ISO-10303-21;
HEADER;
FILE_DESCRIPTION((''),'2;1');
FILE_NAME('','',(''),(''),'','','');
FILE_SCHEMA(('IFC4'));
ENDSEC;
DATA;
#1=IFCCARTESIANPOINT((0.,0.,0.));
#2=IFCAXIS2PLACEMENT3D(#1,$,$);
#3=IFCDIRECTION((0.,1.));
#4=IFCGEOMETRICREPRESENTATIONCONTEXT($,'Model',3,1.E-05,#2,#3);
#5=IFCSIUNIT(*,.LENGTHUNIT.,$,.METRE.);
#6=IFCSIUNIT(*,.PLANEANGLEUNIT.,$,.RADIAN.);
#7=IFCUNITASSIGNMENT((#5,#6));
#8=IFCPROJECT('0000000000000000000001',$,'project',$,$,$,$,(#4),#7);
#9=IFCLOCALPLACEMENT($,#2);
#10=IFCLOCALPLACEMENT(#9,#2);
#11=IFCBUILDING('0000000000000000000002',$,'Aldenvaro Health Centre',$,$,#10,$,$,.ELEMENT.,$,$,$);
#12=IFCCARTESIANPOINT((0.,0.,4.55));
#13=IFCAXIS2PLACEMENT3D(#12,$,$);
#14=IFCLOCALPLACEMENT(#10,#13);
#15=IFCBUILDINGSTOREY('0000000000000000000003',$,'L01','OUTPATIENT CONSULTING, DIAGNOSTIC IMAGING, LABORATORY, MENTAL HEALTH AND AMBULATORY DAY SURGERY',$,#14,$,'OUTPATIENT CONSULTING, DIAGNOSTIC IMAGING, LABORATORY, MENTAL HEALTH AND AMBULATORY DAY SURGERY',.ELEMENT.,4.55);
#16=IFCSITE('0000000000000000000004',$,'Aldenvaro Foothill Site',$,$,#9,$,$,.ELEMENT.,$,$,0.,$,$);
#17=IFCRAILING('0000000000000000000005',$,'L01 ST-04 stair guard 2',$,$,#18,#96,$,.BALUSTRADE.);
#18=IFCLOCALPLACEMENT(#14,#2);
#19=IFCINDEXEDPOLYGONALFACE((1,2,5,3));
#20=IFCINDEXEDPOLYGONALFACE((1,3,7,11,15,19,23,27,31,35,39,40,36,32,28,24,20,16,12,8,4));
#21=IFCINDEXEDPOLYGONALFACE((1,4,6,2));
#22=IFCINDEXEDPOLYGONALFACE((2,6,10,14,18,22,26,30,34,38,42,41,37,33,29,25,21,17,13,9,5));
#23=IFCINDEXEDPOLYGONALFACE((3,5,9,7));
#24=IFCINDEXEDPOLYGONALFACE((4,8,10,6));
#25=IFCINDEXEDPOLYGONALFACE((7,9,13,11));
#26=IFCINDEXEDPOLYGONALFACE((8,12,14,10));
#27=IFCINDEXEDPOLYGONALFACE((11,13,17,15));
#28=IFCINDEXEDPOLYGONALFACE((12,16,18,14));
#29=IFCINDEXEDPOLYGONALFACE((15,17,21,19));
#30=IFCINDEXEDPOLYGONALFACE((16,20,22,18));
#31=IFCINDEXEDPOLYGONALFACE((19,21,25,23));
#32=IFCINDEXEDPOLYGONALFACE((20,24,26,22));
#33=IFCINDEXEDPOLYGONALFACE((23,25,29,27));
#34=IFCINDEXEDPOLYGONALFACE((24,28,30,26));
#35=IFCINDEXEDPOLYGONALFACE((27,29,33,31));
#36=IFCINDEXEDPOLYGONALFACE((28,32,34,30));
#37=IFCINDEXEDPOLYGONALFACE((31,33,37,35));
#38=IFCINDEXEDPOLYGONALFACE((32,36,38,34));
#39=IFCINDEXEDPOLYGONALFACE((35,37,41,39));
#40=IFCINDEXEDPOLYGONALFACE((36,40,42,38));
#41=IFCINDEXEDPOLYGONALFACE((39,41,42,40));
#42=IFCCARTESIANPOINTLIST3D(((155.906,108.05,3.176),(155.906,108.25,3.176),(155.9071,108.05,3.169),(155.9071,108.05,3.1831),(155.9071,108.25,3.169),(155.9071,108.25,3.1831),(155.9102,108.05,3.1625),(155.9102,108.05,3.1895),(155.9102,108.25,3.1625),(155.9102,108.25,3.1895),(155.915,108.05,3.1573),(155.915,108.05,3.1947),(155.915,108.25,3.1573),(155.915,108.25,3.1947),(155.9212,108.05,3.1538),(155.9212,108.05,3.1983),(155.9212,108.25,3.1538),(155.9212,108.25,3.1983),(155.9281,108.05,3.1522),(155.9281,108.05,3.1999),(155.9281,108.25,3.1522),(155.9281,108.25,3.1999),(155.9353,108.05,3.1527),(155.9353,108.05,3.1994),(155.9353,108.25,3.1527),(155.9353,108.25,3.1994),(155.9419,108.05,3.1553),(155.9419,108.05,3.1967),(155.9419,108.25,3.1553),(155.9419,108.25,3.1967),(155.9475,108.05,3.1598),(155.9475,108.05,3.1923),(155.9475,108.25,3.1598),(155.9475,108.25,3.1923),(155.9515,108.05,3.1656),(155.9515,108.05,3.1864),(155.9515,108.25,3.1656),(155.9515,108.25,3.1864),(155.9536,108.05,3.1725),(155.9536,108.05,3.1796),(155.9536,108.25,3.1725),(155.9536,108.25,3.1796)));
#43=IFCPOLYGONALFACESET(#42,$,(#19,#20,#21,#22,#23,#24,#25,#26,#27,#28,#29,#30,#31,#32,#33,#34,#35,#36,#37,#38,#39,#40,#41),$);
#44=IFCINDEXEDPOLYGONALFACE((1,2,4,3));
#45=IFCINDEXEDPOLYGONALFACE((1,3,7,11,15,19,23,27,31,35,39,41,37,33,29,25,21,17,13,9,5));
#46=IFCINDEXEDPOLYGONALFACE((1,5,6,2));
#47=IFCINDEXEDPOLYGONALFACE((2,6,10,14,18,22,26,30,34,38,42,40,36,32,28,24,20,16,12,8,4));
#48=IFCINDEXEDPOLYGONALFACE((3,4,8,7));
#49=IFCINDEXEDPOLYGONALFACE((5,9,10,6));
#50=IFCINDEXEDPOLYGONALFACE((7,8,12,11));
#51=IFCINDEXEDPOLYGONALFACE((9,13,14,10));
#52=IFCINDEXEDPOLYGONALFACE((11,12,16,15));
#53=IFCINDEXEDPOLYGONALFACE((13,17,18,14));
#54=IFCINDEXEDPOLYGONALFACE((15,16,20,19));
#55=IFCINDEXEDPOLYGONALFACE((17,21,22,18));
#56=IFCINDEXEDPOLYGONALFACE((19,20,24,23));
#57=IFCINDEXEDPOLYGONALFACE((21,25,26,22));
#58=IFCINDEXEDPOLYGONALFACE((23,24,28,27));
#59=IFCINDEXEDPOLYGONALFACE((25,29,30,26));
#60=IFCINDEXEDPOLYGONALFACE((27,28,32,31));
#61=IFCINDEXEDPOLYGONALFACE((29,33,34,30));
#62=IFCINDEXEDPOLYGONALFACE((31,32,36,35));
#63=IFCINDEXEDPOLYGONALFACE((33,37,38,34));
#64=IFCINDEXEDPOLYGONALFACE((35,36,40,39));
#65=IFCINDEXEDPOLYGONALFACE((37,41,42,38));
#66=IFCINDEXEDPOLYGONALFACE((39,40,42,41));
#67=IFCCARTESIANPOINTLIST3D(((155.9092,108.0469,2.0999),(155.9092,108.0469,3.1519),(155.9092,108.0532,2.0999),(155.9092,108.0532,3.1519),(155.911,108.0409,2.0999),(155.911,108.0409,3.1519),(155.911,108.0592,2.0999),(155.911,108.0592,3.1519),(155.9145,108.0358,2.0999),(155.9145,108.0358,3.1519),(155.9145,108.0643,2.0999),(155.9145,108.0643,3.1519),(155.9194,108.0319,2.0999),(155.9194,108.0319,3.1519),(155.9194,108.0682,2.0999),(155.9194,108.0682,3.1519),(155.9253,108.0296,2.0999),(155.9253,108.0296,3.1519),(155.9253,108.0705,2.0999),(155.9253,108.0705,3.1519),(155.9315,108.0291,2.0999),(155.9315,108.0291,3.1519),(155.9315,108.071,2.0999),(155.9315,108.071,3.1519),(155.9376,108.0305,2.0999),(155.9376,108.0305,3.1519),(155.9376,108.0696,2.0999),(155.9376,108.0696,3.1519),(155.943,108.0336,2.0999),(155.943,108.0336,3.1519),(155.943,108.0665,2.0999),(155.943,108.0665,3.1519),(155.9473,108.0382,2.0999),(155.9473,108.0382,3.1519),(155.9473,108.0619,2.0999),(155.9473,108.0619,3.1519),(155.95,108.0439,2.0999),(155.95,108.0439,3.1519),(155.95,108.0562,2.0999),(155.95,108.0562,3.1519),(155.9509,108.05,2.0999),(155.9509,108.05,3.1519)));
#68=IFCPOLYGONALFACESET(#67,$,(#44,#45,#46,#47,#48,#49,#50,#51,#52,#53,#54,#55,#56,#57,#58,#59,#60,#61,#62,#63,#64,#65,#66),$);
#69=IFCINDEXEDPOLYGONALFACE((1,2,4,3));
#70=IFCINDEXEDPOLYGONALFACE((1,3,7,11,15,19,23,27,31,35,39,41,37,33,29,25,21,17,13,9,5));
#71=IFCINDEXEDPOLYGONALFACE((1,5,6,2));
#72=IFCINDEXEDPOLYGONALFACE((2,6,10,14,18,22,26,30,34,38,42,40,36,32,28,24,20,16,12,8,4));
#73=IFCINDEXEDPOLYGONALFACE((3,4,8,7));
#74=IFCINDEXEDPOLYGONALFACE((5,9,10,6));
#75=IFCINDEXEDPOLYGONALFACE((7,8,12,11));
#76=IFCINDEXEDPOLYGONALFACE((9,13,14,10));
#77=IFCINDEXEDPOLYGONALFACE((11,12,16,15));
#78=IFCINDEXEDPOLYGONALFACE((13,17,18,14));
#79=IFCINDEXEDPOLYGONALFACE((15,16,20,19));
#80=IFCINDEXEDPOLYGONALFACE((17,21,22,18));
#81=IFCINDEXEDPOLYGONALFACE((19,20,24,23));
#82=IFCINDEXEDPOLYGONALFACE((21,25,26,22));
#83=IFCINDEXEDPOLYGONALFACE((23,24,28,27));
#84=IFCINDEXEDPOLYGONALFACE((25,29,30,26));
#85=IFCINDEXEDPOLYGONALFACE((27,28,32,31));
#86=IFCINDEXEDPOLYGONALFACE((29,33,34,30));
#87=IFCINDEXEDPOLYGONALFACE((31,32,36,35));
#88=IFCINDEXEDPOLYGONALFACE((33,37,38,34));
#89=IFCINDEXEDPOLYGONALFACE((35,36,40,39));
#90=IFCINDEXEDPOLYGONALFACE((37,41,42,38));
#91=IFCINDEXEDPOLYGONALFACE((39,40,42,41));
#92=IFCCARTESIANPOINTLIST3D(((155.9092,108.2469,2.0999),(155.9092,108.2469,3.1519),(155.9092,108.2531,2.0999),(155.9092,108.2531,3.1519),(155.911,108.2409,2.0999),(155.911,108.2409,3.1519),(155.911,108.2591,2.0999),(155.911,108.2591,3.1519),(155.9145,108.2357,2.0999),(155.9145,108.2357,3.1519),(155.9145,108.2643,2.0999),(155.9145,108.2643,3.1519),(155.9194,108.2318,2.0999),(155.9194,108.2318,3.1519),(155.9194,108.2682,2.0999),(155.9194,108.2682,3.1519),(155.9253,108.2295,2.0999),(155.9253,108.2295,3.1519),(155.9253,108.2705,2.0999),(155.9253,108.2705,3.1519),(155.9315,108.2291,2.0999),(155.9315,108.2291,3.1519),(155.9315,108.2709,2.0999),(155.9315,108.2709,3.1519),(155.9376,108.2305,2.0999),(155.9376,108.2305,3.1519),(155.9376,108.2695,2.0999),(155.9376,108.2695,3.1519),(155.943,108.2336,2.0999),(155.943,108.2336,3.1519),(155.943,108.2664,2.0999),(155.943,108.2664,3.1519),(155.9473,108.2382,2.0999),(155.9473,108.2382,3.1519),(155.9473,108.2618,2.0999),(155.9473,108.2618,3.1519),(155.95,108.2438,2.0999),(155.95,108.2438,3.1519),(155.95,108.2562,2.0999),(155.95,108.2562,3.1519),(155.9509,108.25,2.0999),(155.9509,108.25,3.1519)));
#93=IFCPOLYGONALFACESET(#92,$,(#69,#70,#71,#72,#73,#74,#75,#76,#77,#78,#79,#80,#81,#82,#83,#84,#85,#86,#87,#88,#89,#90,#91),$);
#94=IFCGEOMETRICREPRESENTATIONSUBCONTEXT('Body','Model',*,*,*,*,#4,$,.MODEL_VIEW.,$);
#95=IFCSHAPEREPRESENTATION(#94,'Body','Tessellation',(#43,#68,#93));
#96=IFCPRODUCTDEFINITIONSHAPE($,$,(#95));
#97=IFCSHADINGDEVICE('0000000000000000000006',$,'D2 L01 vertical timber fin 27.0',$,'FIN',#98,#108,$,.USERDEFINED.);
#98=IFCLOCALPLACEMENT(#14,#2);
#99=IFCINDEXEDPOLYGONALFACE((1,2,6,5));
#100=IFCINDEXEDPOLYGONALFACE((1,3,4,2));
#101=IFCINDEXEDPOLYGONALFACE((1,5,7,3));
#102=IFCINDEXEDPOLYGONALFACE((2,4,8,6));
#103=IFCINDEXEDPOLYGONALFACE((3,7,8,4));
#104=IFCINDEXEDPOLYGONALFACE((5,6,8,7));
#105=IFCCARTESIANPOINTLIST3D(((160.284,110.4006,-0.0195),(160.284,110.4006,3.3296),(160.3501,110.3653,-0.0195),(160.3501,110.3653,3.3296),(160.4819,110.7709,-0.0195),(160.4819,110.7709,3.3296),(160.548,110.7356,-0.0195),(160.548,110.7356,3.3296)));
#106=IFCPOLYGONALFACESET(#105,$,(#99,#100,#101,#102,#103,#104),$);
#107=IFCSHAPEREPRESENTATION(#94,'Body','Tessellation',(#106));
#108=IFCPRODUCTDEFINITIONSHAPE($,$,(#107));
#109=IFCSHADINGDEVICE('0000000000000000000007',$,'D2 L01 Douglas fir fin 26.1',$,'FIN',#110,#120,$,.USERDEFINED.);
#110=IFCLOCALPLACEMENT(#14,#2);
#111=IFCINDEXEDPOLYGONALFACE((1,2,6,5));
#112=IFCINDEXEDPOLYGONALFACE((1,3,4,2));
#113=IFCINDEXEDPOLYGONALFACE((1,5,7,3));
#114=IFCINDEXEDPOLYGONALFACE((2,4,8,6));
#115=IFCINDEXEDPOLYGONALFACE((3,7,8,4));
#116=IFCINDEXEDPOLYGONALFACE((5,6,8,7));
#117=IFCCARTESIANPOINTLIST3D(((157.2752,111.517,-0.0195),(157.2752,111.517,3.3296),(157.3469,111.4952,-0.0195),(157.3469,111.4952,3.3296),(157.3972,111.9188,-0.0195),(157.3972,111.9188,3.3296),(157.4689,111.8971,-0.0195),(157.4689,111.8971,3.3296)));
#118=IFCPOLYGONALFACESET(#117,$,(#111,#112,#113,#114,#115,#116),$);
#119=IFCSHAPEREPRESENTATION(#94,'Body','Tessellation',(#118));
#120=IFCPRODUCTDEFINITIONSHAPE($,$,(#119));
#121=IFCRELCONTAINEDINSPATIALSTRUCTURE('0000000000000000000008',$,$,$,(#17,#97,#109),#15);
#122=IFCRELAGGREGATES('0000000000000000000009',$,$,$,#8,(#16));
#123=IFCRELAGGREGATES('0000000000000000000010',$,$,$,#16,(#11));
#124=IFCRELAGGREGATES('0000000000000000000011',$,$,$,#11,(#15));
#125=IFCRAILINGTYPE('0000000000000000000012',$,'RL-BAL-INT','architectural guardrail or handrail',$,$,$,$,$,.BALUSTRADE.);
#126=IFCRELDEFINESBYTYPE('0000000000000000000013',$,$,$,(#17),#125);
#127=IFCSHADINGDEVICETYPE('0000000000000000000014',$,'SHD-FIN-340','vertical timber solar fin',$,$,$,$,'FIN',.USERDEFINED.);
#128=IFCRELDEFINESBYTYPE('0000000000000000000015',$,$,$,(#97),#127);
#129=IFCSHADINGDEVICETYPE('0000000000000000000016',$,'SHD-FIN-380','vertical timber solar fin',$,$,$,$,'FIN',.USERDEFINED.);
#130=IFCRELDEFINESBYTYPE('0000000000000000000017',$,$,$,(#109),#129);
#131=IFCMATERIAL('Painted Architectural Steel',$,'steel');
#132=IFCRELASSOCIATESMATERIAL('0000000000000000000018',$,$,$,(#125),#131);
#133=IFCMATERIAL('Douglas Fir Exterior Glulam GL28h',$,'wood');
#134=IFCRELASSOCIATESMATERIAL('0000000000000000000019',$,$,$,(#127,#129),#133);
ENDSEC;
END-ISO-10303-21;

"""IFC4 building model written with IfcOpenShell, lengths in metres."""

from ifc_helpers import new_model, si_unit, direction, frame, origin, origin_2d, place, context, subcontext, project, spatial, rectangle, circle, extrude, material, type_object, element, save


model = new_model("IFC4")

# Units and contexts
model_context = context("Model", 3, precision=1e-05, world=origin(), true_north=direction((0.0, 1.0)))
body_context = subcontext(model_context, "Body", "Model", "MODEL_VIEW")
ifc_project = project(units=[si_unit("LENGTHUNIT", "METRE"), si_unit("PLANEANGLEUNIT", "RADIAN")], contexts=[model_context])

# Site, building, storey
site_placement = place(None, origin())
site = spatial("IfcSite", under=ifc_project, at=site_placement, Name="Aldenvaro Foothill Site", CompositionType="ELEMENT", RefElevation=0.0)
building_placement = place(site_placement, origin())
building = spatial("IfcBuilding", under=site, at=building_placement, Name="Aldenvaro Health Centre", CompositionType="ELEMENT")
storey_placement = place(building_placement, frame((0.0, 0.0, 4.55)))
storey = spatial("IfcBuildingStorey", under=building, at=storey_placement, Name="L01", Description="OUTPATIENT CONSULTING, DIAGNOSTIC IMAGING, LABORATORY, MENTAL HEALTH AND AMBULATORY DAY SURGERY", LongName="OUTPATIENT CONSULTING, DIAGNOSTIC IMAGING, LABORATORY, MENTAL HEALTH AND AMBULATORY DAY SURGERY", CompositionType="ELEMENT", Elevation=4.55)

# Railing
ifc_material_1 = material(Name="Painted Architectural Steel", Category="steel")
railing_type = type_object("IfcRailingType", Name="RL-BAL-INT", Description="architectural guardrail or handrail", PredefinedType="BALUSTRADE", material=ifc_material_1)
railing_placement = place(storey_placement, frame((155.9299, 108.05, 2.0999)))
element("IfcRailing", 1, at=railing_placement, inside=storey, type_object=railing_type, Name="L01 ST-04 stair guard 2", PredefinedType="BALUSTRADE", context=body_context, shape_type="SweptSolid", body=[
    extrude(circle(Radius=0.0239, at=origin_2d()), frame((0.0, 0.0, 1.0762), z_axis=(0.0, 1.0, 0.0), x_axis=(-1.0, 0.0, 0.0)), (0.0, 0.0, 1.0), 0.2),
    extrude(circle(Radius=0.021, at=origin_2d()), origin(), (0.0, 0.0, 1.0), 1.052),
    extrude(circle(Radius=0.021, at=origin_2d()), frame((0.0, 0.2, 0.0)), (0.0, 0.0, 1.0), 1.052),
])

# Shading devices
ifc_material_2 = material(Name="Douglas Fir Exterior Glulam GL28h", Category="wood")
shading_device_type_1 = type_object("IfcShadingDeviceType", Name="SHD-FIN-340", Description="vertical timber solar fin", ElementType="FIN", PredefinedType="USERDEFINED", material=ifc_material_2)
shading_device_1_placement = place(storey_placement, frame((160.416, 110.5681, -0.0195), z_axis=(0.0, 0.0, 1.0), x_axis=(0.88192, -0.471399, 0.0)))
element("IfcShadingDevice", 2, at=shading_device_1_placement, inside=storey, type_object=shading_device_type_1, Name="D2 L01 vertical timber fin 27.0", ObjectType="FIN", PredefinedType="USERDEFINED", context=body_context, shape_type="SweptSolid", body=[
    extrude(rectangle(XDim=0.075, YDim=0.4199, at=origin_2d()), origin(), (0.0, 0.0, 1.0), 3.3491),
])
shading_device_type_2 = type_object("IfcShadingDeviceType", Name="SHD-FIN-380", Description="vertical timber solar fin", ElementType="FIN", PredefinedType="USERDEFINED", material=ifc_material_2)
shading_device_2_placement = place(storey_placement, frame((157.3721, 111.707, -0.0195), z_axis=(0.0, 0.0, 1.0), x_axis=(0.956893, -0.290441, 0.0)))
element("IfcShadingDevice", 3, at=shading_device_2_placement, inside=storey, type_object=shading_device_type_2, Name="D2 L01 Douglas fir fin 26.1", ObjectType="FIN", PredefinedType="USERDEFINED", context=body_context, shape_type="SweptSolid", body=[
    extrude(rectangle(XDim=0.075, YDim=0.4199, at=origin_2d()), origin(), (0.0, 0.0, 1.0), 3.3491),
])

save(model, "model.ifc")
